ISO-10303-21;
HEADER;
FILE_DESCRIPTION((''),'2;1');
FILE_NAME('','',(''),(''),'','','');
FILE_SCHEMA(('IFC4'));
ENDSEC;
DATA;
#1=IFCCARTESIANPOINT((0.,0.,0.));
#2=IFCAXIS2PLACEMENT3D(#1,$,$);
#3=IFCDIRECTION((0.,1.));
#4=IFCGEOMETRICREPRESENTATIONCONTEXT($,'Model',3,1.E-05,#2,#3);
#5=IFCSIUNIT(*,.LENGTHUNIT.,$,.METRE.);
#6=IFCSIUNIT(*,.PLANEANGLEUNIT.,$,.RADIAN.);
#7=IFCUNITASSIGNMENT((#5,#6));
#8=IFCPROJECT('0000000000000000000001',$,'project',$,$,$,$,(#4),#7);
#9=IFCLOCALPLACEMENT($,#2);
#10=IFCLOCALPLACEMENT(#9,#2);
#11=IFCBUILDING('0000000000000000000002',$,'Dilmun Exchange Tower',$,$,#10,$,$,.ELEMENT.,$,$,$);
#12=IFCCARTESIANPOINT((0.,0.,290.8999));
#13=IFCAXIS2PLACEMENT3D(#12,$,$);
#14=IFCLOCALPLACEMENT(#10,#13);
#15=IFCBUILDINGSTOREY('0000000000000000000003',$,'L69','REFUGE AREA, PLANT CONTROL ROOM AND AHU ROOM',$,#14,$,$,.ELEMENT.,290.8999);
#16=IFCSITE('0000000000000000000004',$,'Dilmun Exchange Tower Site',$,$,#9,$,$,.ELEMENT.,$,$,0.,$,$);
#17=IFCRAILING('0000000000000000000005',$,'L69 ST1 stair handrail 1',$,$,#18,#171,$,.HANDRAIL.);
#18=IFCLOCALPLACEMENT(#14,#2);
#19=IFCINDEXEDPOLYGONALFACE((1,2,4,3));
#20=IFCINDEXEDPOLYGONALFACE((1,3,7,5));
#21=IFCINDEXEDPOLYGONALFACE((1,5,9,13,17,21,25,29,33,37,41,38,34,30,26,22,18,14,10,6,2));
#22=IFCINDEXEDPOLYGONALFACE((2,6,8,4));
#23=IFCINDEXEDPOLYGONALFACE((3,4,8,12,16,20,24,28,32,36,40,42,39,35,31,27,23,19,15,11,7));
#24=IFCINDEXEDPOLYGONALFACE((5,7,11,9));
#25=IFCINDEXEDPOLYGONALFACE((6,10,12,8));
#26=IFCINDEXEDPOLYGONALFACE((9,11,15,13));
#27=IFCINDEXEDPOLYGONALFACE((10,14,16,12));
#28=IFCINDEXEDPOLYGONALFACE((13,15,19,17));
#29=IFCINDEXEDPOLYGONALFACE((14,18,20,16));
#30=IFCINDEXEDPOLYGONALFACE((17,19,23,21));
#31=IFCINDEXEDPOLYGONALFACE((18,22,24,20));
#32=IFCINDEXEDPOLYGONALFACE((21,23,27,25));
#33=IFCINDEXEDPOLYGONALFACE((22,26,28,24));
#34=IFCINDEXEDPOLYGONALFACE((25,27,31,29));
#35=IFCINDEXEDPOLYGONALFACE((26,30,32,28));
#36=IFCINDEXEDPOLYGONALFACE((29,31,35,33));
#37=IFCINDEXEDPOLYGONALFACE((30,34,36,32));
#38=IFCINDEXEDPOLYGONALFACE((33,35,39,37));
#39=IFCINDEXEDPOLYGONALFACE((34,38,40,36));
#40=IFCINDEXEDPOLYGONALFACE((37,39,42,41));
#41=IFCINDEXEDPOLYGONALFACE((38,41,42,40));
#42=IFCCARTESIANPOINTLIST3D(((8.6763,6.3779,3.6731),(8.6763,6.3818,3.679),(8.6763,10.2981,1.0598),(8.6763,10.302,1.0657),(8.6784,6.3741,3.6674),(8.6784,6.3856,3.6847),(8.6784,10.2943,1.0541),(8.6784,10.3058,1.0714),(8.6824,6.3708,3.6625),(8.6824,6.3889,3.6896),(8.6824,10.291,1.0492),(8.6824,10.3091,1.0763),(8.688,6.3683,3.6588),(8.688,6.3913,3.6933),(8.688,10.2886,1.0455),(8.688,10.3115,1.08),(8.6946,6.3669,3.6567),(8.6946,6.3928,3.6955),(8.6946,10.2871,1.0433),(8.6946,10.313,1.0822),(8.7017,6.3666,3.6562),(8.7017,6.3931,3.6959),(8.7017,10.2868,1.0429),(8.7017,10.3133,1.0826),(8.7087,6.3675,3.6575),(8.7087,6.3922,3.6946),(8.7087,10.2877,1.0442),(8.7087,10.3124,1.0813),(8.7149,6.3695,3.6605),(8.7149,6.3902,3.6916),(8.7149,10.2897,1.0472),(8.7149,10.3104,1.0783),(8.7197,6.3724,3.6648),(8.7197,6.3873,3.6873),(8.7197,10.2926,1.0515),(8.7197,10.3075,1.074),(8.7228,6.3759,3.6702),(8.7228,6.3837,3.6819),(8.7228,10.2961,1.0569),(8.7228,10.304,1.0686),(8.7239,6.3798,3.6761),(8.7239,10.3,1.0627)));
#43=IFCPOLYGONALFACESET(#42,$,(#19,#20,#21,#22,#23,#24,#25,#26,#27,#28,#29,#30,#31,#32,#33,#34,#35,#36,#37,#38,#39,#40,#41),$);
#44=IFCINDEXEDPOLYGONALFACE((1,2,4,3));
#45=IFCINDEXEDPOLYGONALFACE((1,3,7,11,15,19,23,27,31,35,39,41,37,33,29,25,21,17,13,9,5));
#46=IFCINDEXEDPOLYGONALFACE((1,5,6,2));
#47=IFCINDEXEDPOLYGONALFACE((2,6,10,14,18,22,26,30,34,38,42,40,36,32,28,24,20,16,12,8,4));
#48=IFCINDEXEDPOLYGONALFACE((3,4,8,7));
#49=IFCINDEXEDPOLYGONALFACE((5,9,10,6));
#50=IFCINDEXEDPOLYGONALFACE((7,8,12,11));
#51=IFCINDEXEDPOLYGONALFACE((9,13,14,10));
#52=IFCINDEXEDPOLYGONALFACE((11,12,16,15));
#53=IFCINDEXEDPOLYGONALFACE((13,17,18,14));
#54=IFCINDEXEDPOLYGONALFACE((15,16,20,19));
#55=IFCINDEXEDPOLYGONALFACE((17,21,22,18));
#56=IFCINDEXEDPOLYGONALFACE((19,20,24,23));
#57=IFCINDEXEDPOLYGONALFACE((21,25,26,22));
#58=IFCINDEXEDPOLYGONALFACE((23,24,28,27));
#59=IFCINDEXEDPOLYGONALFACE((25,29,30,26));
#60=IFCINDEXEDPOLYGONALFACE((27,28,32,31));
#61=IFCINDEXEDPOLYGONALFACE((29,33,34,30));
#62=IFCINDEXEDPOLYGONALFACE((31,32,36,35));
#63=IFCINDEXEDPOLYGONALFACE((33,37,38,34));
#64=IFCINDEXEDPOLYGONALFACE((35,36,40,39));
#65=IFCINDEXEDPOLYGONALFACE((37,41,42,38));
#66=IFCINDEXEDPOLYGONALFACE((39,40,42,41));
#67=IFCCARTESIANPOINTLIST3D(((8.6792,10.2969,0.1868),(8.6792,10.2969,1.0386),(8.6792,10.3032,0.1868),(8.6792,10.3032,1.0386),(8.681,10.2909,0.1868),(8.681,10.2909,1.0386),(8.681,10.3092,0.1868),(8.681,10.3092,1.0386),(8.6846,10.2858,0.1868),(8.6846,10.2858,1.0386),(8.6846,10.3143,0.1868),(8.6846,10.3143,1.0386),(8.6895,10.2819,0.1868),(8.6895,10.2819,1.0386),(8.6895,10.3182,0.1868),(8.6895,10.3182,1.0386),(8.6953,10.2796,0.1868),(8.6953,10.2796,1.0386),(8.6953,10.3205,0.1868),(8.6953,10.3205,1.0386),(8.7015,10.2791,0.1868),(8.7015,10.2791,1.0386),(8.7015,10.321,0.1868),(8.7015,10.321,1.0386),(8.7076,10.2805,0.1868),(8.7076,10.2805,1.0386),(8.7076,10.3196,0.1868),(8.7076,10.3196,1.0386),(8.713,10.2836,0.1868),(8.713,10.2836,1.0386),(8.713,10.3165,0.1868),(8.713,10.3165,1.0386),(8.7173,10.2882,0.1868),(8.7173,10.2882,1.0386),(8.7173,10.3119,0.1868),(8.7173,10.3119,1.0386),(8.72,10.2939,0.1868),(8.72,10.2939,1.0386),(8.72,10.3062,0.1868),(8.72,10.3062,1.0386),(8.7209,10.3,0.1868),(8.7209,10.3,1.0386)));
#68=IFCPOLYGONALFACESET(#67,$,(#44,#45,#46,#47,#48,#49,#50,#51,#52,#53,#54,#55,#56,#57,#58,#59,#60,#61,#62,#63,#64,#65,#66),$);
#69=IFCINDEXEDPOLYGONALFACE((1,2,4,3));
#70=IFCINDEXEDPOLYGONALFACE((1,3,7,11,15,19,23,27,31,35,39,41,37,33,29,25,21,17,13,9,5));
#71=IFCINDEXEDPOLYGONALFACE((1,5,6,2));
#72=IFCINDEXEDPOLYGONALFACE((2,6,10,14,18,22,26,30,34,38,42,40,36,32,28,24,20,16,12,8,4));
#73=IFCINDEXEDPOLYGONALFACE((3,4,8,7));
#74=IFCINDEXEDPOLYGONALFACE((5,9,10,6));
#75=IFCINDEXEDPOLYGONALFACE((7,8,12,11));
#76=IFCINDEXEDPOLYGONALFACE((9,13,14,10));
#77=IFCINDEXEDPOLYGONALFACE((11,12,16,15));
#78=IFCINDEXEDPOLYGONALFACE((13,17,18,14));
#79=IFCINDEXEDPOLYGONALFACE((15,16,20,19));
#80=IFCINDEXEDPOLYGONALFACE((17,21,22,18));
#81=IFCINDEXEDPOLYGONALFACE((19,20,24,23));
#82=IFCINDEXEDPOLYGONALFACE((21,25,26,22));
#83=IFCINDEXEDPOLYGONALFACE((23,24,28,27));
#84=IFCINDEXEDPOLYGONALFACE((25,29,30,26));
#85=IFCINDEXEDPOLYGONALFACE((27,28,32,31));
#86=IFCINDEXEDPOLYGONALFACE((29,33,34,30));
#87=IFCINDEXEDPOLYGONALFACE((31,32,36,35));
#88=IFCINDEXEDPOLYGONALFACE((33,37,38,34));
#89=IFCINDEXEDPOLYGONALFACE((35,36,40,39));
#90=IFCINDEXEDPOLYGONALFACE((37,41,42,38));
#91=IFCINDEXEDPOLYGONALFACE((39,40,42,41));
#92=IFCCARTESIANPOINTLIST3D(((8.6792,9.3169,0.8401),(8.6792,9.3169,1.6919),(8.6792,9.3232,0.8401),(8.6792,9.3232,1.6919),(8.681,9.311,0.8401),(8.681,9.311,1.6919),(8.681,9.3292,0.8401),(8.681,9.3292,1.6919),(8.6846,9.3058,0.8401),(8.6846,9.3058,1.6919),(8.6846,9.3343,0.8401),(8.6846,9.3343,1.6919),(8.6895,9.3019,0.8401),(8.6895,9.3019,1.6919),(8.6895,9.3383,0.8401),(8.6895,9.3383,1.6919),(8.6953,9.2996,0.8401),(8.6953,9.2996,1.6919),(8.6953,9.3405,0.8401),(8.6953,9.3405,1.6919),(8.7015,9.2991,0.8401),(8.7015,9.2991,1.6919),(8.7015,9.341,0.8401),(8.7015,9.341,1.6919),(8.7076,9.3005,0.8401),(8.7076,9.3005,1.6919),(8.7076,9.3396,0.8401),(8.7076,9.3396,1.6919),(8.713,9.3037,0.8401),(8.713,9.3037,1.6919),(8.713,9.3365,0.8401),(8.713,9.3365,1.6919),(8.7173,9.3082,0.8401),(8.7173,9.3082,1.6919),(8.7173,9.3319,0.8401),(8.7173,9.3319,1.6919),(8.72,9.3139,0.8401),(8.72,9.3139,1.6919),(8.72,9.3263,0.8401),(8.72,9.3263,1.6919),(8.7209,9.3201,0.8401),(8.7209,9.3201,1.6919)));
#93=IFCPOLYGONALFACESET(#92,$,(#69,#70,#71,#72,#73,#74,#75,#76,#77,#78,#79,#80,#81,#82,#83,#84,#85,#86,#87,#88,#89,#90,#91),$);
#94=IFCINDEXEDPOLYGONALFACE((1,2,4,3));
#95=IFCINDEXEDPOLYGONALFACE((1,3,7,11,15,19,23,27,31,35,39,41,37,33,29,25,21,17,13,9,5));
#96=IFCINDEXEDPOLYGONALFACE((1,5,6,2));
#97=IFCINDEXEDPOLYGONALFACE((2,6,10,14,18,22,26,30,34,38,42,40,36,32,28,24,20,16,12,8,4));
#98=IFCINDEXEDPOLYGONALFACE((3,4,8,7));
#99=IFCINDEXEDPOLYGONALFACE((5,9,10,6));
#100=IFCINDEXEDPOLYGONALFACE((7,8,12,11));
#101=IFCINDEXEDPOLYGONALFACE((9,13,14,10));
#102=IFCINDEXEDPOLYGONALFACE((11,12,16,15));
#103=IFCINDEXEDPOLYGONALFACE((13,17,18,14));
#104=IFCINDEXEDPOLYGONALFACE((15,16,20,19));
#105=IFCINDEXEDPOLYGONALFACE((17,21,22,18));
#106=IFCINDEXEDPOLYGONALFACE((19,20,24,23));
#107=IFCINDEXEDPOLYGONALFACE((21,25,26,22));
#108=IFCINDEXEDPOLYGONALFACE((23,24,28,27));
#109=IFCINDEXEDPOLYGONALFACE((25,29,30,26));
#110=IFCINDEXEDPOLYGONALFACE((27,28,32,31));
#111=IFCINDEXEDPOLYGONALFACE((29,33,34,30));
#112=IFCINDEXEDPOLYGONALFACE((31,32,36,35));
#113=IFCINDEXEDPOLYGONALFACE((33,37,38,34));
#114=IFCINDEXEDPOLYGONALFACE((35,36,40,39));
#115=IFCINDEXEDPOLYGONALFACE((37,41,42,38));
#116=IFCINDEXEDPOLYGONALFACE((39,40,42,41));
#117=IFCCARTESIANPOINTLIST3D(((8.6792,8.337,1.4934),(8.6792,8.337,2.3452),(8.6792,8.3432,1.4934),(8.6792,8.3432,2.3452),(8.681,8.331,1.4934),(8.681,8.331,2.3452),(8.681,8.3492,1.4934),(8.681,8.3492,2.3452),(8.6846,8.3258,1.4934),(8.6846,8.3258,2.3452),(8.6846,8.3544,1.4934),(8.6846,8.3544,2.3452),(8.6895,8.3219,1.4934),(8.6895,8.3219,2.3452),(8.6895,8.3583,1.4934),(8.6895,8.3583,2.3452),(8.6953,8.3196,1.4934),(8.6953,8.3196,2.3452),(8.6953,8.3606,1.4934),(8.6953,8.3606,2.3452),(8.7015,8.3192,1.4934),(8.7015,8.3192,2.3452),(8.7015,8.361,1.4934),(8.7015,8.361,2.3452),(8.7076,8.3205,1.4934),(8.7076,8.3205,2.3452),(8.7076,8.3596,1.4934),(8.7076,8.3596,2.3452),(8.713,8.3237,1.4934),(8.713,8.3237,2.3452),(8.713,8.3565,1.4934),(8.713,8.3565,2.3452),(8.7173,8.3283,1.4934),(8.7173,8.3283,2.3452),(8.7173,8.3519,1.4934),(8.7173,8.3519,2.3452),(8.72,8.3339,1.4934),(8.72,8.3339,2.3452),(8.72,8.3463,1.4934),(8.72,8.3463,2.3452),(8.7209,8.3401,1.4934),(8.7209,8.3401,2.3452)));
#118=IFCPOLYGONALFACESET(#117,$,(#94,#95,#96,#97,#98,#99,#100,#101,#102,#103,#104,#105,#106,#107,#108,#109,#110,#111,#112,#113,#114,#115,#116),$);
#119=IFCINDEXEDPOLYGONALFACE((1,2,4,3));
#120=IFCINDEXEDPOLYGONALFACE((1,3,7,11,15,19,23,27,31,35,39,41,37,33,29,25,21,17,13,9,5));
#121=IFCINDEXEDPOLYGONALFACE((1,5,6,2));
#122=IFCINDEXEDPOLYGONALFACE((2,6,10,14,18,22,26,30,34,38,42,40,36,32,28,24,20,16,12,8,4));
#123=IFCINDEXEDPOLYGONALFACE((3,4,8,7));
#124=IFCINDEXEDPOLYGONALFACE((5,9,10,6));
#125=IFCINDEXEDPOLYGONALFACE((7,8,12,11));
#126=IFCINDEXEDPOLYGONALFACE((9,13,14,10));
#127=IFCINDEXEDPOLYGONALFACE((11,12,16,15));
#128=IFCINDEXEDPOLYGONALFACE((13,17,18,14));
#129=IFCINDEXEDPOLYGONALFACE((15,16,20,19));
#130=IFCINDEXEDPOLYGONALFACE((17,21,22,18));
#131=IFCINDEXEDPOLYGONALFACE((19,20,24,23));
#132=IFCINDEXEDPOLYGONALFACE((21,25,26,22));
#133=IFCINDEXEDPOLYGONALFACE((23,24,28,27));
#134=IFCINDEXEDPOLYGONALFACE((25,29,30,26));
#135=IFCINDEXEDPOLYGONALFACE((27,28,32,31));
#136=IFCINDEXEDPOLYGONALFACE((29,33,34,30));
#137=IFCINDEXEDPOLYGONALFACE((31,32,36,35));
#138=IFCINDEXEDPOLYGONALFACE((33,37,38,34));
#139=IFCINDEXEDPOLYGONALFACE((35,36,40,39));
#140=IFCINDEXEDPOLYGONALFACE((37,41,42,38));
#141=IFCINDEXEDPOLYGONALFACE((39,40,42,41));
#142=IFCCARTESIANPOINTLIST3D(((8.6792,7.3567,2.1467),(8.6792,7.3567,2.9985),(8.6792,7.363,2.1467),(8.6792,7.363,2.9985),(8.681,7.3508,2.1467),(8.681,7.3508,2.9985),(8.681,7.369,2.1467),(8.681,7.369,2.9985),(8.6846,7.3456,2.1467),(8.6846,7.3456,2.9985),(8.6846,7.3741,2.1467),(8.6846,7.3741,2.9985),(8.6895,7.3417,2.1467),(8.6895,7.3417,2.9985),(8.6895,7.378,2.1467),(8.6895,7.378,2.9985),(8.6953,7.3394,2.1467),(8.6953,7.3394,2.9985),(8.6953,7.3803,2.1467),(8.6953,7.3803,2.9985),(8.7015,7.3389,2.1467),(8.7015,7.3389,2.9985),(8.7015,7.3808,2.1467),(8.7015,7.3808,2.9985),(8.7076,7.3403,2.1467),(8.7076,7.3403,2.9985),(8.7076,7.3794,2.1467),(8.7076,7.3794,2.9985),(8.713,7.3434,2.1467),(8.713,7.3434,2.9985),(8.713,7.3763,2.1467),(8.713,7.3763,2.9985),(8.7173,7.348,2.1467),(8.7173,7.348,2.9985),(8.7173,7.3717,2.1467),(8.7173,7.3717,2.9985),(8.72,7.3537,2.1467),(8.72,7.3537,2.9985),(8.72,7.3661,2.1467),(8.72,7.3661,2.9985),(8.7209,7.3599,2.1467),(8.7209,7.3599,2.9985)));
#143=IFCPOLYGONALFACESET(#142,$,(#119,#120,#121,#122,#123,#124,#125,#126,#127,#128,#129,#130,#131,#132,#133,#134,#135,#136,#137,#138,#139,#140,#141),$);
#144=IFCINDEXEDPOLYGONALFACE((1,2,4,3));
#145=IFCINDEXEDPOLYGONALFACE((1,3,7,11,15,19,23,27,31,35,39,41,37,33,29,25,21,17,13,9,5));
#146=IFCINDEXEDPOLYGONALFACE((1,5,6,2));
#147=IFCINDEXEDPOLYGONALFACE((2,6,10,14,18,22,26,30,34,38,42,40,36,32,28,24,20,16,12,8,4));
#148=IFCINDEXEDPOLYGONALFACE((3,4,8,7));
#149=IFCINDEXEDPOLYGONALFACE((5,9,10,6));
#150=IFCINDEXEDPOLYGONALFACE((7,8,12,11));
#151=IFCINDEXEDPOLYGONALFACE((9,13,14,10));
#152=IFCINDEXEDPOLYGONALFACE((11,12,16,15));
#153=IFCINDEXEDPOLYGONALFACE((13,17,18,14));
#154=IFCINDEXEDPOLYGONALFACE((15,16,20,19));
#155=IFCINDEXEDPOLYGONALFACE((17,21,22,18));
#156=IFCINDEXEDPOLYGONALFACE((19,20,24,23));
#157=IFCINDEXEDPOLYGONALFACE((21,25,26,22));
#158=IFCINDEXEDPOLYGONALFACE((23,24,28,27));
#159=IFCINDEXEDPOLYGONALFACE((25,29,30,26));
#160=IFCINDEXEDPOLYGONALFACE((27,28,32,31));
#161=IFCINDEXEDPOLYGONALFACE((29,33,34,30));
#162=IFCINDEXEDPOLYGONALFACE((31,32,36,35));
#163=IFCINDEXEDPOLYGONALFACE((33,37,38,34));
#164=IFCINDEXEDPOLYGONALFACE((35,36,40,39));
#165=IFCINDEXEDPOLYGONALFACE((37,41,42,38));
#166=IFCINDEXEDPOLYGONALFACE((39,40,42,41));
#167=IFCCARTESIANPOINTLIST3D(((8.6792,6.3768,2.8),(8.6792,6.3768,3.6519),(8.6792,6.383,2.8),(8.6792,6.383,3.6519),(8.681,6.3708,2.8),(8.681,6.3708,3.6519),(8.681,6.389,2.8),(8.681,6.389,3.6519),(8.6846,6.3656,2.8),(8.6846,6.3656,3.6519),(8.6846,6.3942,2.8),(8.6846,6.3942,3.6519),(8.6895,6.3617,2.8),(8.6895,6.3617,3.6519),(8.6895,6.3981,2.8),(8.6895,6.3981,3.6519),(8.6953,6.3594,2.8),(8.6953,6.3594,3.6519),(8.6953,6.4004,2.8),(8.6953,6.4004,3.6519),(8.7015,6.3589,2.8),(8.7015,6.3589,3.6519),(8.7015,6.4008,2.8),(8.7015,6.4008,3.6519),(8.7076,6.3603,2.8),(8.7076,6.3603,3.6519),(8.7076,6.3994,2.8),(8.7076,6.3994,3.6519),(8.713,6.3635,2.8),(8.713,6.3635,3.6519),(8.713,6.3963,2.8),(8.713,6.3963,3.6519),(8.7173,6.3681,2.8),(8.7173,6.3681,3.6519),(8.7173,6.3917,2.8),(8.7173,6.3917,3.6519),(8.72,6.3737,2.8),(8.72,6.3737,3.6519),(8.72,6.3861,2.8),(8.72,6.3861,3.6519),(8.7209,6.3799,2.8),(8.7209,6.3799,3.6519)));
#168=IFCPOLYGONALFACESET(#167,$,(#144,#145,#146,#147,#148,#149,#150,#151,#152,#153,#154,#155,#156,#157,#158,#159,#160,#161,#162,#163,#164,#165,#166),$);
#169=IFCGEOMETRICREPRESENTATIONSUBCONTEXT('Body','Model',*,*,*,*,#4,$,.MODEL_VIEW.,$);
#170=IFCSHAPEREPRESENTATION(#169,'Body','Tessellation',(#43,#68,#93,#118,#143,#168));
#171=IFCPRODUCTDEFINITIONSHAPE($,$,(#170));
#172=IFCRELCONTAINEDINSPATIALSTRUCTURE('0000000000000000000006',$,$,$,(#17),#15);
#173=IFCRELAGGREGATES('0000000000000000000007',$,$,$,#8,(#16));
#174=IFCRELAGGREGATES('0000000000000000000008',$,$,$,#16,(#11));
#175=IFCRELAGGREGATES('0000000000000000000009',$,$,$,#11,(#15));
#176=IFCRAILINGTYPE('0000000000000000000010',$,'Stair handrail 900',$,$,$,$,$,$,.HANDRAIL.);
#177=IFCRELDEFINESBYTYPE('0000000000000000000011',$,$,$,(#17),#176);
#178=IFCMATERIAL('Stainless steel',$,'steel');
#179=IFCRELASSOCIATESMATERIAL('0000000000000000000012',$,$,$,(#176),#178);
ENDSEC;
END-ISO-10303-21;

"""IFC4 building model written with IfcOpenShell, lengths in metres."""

from ifc_helpers import new_model, si_unit, direction, frame, origin, origin_2d, place, context, subcontext, project, spatial, circle, extrude, material, type_object, element, save


model = new_model("IFC4")

# Units and contexts
model_context = context("Model", 3, precision=1e-05, world=origin(), true_north=direction((0.0, 1.0)))
body_context = subcontext(model_context, "Body", "Model", "MODEL_VIEW")
ifc_project = project(units=[si_unit("LENGTHUNIT", "METRE"), si_unit("PLANEANGLEUNIT", "RADIAN")], contexts=[model_context])

# Site, building, storey
site_placement = place(None, origin())
site = spatial("IfcSite", under=ifc_project, at=site_placement, Name="Dilmun Exchange Tower Site", CompositionType="ELEMENT", RefElevation=0.0)
building_placement = place(site_placement, origin())
building = spatial("IfcBuilding", under=site, at=building_placement, Name="Dilmun Exchange Tower", CompositionType="ELEMENT")
storey_placement = place(building_placement, frame((0.0, 0.0, 290.8999)))
storey = spatial("IfcBuildingStorey", under=building, at=storey_placement, Name="L69", Description="REFUGE AREA, PLANT CONTROL ROOM AND AHU ROOM", CompositionType="ELEMENT", Elevation=290.8999)

# Railing
ifc_material_1 = material(Name="Stainless steel", Category="steel")
railing_type = type_object("IfcRailingType", Name="Stair handrail 900", PredefinedType="HANDRAIL", material=ifc_material_1)
railing_1_placement = place(storey_placement, frame((8.7, 10.3, 0.1868)))
element("IfcRailing", 1, at=railing_1_placement, inside=storey, type_object=railing_type, Name="L69 ST1 stair handrail 1", PredefinedType="HANDRAIL", context=body_context, shape_type="SweptSolid", body=[
    extrude(circle(Radius=0.0239, at=origin_2d()), frame((0.0, 0.0, 0.876), z_axis=(0.0, -0.832066, 0.554676), x_axis=(1.0, 0.0, 0.0)), (0.0, 0.0, 1.0), 4.7114),
    extrude(circle(Radius=0.021, at=origin_2d()), origin(), (0.0, 0.0, 1.0), 0.8518),
    extrude(circle(Radius=0.021, at=origin_2d()), frame((0.0, -0.98, 0.6533)), (0.0, 0.0, 1.0), 0.8518),
    extrude(circle(Radius=0.021, at=origin_2d()), frame((0.0, -1.96, 1.3066)), (0.0, 0.0, 1.0), 0.8518),
    extrude(circle(Radius=0.021, at=origin_2d()), frame((0.0, -2.9402, 1.96)), (0.0, 0.0, 1.0), 0.8518),
    extrude(circle(Radius=0.021, at=origin_2d()), frame((0.0, -3.9202, 2.6133)), (0.0, 0.0, 1.0), 0.8518),
])

save(model, "model.ifc")
